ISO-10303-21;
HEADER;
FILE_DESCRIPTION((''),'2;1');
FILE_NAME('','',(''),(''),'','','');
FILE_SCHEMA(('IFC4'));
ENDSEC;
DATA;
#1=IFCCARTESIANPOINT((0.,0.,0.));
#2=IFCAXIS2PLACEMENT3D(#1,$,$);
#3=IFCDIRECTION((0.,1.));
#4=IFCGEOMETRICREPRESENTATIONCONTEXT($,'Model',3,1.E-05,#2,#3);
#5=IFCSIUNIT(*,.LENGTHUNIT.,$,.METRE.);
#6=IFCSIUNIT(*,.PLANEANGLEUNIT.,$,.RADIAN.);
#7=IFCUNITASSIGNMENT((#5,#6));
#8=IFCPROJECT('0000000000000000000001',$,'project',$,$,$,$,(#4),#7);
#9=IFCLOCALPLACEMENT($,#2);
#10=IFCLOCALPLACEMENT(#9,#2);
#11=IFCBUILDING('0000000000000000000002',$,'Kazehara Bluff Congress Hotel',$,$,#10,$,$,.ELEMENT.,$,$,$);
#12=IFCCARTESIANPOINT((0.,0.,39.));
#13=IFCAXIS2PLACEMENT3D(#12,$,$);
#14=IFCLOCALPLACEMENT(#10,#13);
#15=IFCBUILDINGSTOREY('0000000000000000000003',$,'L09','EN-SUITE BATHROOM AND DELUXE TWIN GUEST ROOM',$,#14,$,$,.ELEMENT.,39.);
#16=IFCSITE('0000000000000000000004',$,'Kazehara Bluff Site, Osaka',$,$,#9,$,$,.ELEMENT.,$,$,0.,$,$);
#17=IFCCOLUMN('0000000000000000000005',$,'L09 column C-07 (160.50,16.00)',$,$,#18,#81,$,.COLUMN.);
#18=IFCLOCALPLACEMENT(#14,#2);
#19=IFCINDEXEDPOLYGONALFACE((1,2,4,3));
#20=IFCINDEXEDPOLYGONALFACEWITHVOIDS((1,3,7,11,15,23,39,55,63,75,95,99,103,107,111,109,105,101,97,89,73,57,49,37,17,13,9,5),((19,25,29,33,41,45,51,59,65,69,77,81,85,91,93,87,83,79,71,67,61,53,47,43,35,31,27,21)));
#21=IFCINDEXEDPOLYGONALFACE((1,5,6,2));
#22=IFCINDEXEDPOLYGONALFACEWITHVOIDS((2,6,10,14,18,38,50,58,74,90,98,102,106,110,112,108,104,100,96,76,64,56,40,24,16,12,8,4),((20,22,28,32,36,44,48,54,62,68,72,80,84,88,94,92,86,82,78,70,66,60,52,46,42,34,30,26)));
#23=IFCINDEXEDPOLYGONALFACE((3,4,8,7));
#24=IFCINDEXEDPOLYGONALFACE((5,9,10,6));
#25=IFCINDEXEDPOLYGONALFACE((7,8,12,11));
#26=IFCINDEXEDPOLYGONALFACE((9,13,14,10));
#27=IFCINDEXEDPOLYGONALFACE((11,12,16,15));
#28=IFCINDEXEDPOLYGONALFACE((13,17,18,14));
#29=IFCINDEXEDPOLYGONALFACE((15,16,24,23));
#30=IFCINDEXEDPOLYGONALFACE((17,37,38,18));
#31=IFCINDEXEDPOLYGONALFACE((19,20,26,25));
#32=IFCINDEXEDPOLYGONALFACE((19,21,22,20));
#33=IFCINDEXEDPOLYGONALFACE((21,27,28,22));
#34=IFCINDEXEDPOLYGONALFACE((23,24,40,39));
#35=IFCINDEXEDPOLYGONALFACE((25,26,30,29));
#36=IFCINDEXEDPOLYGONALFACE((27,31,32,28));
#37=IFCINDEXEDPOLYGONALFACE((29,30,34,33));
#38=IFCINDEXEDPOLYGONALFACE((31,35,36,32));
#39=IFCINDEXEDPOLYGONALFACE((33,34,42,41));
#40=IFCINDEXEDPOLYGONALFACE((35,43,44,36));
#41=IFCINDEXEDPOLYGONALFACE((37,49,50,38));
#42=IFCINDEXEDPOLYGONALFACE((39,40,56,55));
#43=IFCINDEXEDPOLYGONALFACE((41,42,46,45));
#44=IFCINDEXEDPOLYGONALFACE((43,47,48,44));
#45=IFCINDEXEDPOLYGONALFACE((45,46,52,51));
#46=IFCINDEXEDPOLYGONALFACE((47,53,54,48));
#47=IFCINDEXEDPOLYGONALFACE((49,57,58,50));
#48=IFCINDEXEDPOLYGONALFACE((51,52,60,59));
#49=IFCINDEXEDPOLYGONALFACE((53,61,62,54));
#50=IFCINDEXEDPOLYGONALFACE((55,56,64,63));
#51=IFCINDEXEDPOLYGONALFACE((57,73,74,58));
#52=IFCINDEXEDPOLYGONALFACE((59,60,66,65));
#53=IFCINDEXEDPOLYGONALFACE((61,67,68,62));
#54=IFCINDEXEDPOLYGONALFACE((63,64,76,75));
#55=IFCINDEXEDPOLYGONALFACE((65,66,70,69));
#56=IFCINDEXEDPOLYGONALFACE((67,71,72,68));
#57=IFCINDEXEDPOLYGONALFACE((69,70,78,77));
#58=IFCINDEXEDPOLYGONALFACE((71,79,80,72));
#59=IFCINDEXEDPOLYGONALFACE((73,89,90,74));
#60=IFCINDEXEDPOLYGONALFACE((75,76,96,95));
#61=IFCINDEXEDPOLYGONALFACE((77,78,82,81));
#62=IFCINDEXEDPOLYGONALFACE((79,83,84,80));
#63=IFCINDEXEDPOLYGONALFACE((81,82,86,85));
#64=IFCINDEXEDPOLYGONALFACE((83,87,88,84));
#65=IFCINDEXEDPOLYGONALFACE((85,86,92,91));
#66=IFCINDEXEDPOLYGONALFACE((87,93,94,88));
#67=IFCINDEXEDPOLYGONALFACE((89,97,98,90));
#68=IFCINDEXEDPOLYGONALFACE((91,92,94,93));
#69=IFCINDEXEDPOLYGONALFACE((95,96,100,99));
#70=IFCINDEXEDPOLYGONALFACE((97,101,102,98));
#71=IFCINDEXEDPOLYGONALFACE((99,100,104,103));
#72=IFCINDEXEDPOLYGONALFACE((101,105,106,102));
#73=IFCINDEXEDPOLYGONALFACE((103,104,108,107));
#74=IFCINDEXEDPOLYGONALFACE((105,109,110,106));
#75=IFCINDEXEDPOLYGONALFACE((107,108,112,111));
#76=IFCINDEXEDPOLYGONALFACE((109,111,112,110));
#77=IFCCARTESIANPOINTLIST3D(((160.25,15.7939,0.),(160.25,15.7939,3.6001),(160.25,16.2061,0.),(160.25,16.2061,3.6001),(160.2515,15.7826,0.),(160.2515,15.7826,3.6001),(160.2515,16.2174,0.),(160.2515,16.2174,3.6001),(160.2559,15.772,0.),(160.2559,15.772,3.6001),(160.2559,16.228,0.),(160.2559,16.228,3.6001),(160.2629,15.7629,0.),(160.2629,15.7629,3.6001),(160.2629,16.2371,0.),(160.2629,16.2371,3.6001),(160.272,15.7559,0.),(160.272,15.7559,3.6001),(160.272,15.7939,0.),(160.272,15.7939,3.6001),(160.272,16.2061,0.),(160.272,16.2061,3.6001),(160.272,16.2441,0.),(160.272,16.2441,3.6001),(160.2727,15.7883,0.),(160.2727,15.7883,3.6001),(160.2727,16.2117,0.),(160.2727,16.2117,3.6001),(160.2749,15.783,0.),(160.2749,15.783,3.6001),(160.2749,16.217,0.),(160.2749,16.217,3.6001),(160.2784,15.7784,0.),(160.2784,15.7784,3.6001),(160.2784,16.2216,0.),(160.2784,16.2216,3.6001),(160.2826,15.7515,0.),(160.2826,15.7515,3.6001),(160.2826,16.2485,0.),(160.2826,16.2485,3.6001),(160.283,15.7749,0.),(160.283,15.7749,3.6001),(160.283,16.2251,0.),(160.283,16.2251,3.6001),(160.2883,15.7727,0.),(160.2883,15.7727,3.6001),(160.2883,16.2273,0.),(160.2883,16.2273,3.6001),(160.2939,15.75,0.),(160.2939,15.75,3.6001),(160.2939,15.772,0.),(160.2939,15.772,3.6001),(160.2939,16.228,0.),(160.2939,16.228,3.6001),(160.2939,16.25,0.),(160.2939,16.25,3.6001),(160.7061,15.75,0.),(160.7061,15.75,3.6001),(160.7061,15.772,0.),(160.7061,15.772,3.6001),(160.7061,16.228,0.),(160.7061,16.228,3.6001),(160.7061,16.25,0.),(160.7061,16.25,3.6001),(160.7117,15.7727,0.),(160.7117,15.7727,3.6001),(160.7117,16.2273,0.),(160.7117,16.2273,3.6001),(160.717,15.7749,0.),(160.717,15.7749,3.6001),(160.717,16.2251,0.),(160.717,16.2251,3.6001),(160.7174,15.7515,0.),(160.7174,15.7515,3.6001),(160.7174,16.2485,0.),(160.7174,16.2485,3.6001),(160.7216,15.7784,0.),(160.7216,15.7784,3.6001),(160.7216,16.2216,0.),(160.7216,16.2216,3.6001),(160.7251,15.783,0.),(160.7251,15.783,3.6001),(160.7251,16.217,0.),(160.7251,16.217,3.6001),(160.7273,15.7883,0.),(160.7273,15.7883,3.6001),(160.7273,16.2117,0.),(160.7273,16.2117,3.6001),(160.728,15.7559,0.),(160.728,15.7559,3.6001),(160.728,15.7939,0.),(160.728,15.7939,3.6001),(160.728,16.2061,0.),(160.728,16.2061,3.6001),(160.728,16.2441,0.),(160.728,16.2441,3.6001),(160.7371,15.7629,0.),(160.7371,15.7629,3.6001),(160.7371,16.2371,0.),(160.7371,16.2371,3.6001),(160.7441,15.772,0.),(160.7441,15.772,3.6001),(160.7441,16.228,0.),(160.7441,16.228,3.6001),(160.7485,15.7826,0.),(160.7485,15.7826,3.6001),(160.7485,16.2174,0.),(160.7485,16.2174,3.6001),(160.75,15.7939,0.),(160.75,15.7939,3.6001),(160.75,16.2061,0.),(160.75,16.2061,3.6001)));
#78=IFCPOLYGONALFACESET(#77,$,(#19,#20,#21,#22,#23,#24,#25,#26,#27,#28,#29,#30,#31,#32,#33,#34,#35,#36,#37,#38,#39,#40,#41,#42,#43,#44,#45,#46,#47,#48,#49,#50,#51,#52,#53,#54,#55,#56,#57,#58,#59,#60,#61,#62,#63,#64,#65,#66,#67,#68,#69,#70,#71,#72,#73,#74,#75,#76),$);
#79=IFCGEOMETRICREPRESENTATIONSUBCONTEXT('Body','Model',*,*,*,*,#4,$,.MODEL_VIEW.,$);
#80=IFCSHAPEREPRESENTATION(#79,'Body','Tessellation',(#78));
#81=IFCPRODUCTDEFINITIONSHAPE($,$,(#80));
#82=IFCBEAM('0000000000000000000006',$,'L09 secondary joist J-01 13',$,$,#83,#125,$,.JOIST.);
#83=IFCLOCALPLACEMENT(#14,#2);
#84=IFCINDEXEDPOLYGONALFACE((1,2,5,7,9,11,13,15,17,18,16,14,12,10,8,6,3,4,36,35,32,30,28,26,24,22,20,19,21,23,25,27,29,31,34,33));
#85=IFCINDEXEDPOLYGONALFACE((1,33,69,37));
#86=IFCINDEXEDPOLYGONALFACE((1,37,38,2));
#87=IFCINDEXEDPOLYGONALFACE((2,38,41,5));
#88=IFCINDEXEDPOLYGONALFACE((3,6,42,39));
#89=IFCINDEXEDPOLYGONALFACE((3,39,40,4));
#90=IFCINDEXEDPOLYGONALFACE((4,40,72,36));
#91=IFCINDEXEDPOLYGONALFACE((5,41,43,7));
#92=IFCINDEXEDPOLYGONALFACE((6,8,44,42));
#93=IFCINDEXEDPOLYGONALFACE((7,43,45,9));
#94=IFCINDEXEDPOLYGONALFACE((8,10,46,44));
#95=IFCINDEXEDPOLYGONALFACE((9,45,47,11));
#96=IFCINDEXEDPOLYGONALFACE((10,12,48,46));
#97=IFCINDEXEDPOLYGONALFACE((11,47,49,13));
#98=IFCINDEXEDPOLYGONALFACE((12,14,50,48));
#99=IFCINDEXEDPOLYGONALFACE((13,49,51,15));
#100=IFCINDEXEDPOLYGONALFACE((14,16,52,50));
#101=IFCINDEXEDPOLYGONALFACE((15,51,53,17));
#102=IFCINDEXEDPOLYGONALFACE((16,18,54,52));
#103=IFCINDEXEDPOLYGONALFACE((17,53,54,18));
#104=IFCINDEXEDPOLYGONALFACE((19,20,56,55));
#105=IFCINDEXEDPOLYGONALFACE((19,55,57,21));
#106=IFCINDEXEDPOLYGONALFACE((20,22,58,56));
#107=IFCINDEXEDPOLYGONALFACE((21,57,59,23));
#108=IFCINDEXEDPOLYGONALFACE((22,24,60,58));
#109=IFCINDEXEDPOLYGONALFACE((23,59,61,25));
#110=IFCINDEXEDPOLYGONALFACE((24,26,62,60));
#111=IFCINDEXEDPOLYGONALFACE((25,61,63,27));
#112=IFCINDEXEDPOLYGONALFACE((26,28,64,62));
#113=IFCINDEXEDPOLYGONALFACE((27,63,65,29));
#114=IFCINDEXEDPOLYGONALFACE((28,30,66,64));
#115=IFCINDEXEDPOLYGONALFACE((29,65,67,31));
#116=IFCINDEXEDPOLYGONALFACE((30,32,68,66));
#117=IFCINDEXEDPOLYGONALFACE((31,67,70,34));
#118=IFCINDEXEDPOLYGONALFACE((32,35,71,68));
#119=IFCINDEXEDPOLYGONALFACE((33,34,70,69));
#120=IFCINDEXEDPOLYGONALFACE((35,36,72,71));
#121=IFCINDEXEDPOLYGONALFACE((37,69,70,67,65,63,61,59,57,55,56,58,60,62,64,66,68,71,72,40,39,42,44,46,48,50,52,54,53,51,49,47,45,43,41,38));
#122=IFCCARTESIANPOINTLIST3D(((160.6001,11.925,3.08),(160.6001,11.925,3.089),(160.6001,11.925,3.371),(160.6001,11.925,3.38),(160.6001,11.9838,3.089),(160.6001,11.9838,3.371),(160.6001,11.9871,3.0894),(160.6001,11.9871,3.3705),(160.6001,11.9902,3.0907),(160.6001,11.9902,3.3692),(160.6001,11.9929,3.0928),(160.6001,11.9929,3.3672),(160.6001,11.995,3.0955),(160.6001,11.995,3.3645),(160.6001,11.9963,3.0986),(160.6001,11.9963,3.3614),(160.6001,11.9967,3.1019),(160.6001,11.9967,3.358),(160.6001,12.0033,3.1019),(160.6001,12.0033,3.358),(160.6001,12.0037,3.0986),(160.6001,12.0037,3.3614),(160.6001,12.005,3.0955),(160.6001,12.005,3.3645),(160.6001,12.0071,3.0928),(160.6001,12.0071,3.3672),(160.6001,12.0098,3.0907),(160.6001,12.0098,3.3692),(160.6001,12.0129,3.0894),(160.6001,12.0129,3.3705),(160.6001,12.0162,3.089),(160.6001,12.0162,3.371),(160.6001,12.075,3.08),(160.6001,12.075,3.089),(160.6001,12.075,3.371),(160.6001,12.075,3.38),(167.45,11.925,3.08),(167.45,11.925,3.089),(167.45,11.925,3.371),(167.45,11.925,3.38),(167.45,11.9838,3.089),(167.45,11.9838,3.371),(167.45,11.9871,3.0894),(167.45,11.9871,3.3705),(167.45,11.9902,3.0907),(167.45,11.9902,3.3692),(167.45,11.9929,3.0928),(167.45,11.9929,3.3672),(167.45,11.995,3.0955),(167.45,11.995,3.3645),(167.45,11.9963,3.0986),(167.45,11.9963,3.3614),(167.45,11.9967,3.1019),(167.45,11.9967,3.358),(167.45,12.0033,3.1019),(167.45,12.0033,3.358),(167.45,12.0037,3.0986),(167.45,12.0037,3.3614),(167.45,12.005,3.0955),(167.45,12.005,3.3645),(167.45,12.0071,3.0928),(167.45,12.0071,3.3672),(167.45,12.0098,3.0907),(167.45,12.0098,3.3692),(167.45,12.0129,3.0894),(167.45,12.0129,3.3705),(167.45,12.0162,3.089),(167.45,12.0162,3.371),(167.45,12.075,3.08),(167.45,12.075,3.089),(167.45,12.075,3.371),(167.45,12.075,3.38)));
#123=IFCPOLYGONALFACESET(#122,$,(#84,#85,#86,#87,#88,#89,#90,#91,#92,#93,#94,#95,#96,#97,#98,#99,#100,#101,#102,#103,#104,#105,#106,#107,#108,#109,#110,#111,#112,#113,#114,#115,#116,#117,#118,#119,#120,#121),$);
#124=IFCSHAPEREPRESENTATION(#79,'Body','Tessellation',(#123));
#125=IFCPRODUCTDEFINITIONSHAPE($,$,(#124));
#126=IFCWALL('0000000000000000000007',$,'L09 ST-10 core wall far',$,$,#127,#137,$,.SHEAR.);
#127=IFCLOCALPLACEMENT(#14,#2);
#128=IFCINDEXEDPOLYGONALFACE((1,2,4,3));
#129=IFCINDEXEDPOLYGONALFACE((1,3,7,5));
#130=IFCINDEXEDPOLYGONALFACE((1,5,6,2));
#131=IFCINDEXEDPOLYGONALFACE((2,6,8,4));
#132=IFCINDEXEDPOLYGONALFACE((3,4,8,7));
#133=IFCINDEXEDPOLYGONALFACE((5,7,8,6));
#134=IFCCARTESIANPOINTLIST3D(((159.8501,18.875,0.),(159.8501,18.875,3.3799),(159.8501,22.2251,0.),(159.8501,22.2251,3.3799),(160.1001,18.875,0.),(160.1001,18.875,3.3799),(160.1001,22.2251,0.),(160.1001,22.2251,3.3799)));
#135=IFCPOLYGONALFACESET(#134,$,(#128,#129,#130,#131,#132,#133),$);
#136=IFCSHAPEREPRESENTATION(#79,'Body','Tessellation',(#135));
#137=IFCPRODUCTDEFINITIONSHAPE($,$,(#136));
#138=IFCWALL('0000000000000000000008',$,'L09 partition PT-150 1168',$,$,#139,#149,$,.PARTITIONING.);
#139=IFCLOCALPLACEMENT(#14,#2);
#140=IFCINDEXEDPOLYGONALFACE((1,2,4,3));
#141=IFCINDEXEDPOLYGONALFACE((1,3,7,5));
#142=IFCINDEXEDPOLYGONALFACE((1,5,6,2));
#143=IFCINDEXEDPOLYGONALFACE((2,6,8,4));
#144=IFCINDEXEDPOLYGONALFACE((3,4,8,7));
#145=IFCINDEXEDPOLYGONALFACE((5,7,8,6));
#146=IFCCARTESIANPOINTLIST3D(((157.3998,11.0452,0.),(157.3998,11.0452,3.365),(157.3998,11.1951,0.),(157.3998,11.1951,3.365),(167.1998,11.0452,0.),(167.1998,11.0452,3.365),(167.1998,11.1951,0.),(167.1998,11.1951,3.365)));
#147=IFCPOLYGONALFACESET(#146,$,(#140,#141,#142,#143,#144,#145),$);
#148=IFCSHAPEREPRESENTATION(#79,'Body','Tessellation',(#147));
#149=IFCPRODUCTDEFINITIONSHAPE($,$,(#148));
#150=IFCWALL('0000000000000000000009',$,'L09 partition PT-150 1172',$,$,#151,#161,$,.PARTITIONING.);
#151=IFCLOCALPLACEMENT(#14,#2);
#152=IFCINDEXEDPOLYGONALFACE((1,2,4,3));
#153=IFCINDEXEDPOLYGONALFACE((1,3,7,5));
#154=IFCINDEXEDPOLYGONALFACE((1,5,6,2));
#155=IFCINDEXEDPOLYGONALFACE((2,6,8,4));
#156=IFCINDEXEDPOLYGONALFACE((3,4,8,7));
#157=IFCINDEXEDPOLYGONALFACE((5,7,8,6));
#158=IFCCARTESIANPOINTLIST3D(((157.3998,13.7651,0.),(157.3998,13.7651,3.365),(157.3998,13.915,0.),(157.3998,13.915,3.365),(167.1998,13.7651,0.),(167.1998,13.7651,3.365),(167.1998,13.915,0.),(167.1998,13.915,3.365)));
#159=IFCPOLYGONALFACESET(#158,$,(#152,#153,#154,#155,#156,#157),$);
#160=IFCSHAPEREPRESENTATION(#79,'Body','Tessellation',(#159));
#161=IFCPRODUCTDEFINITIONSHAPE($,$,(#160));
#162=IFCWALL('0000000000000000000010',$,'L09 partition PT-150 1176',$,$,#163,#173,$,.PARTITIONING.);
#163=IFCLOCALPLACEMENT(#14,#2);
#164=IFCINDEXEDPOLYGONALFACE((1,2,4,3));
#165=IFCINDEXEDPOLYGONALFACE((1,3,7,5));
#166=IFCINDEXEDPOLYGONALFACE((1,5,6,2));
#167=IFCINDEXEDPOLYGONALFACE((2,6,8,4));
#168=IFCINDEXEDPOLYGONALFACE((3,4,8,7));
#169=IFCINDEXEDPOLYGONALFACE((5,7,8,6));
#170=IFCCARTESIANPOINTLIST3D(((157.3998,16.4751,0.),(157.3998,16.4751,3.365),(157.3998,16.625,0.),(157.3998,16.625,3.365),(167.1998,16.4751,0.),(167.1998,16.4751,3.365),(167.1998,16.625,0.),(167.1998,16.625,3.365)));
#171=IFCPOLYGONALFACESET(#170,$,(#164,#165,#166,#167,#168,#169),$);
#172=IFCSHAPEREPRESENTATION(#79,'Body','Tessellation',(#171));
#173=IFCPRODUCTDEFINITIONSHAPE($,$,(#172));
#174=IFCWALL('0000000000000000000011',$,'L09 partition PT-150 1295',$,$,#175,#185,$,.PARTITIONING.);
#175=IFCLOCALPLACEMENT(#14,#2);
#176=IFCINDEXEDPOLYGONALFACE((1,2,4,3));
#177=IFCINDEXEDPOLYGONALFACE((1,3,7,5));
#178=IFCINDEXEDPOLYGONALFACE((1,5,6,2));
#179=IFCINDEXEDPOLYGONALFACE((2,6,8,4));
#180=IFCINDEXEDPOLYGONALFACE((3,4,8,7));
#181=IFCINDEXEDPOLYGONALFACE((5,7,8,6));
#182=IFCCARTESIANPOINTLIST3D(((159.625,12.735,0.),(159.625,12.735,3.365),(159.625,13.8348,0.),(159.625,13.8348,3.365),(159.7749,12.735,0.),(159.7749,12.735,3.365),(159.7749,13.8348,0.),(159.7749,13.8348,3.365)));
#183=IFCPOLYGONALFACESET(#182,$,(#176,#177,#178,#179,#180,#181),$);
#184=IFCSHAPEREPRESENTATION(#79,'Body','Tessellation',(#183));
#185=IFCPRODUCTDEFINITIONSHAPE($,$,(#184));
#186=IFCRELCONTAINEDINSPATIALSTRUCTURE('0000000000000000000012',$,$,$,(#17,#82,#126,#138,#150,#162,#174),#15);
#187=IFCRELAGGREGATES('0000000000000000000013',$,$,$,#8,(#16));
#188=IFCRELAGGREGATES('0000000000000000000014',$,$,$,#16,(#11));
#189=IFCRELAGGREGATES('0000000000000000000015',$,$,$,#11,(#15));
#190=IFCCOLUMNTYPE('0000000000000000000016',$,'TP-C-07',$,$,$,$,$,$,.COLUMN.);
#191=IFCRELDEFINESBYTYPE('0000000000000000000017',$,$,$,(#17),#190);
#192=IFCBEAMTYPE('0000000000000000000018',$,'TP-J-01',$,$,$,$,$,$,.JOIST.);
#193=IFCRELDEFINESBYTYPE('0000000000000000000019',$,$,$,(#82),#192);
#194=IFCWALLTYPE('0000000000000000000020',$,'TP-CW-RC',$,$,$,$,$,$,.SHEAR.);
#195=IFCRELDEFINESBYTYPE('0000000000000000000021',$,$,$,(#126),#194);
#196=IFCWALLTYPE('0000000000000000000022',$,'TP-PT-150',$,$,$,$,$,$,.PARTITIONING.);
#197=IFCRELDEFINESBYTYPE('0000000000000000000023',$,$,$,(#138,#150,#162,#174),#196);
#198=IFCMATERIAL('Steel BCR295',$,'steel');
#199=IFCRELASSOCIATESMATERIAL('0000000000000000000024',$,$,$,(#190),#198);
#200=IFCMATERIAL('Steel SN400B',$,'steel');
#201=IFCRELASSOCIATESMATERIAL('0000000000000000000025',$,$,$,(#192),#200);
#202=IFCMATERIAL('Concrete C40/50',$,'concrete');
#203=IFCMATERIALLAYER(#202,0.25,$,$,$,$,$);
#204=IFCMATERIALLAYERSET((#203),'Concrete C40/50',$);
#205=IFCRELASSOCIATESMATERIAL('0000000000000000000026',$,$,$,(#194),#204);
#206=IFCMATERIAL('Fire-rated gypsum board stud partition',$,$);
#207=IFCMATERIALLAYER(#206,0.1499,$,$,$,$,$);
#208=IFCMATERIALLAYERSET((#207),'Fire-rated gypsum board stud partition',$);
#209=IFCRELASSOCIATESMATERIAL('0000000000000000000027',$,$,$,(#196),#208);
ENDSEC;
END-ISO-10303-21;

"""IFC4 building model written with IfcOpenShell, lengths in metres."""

from ifc_helpers import new_model, si_unit, direction, frame, frame_2d, origin, origin_2d, place, context, subcontext, project, spatial, rectangle, hollow_rectangle, i_section, extrude, material, layer, layer_set, material_profile, profile_set, type_object, element, save


model = new_model("IFC4")

# Units and contexts
model_context = context("Model", 3, precision=1e-05, world=origin(), true_north=direction((0.0, 1.0)))
body_context = subcontext(model_context, "Body", "Model", "MODEL_VIEW")
ifc_project = project(units=[si_unit("LENGTHUNIT", "METRE"), si_unit("PLANEANGLEUNIT", "RADIAN")], contexts=[model_context])

# Site, building, storey
site_placement = place(None, origin())
site = spatial("IfcSite", under=ifc_project, at=site_placement, Name="Kazehara Bluff Site, Osaka", CompositionType="ELEMENT", RefElevation=0.0)
building_placement = place(site_placement, origin())
building = spatial("IfcBuilding", under=site, at=building_placement, Name="Kazehara Bluff Congress Hotel", CompositionType="ELEMENT")
storey_placement = place(building_placement, frame((0.0, 0.0, 39.0)))
storey = spatial("IfcBuildingStorey", under=building, at=storey_placement, Name="L09", Description="EN-SUITE BATHROOM AND DELUXE TWIN GUEST ROOM", CompositionType="ELEMENT", Elevation=39.0)

# Column
ifc_material_1 = material(Name="Steel BCR295", Category="steel")
ifc_material_profile_1 = material_profile(ifc_material_1, hollow_rectangle(XDim=0.5, YDim=0.5, WallThickness=0.022, InnerFilletRadius=0.022, OuterFilletRadius=0.0439, at=origin_2d()))
ifc_profile_set_1 = profile_set([ifc_material_profile_1], Name="Steel BCR295")
column_type = type_object("IfcColumnType", Name="TP-C-07", PredefinedType="COLUMN", material=ifc_profile_set_1)
column_placement = place(storey_placement, frame((160.5, 16.0, 0.0), z_axis=(0.0, 0.0, 1.0), x_axis=(1.0, 0.0, 0.0)))
element("IfcColumn", 1, at=column_placement, inside=storey, type_object=column_type, Name="L09 column C-07 (160.50,16.00)", PredefinedType="COLUMN", context=body_context, shape_type="SweptSolid", body=[
    extrude(hollow_rectangle(XDim=0.5, YDim=0.5, WallThickness=0.022, InnerFilletRadius=0.022, OuterFilletRadius=0.0439, at=origin_2d()), origin(), (0.0, 0.0, 1.0), 3.6001),
])

# Beam
ifc_material_2 = material(Name="Steel SN400B", Category="steel")
ifc_material_profile_2 = material_profile(ifc_material_2, i_section(OverallWidth=0.1499, OverallDepth=0.3, WebThickness=0.0066, FlangeThickness=0.009, FilletRadius=0.0129, at=origin_2d()))
ifc_profile_set_2 = profile_set([ifc_material_profile_2], Name="Steel SN400B")
beam_type = type_object("IfcBeamType", Name="TP-J-01", PredefinedType="JOIST", material=ifc_profile_set_2)
beam_placement = place(storey_placement, frame((160.6001, 12.0, 3.23), z_axis=(1.0, 0.0, 0.0), x_axis=(0.0, 1.0, 0.0)))
element("IfcBeam", 2, at=beam_placement, inside=storey, type_object=beam_type, Name="L09 secondary joist J-01 13", PredefinedType="JOIST", context=body_context, shape_type="SweptSolid", body=[
    extrude(i_section(OverallWidth=0.1499, OverallDepth=0.3, WebThickness=0.0066, FlangeThickness=0.009, FilletRadius=0.0129, at=origin_2d()), origin(), (0.0, 0.0, 1.0), 6.8499),
])

# Wall
ifc_material_3 = material(Name="Concrete C40/50", Category="concrete")
ifc_layer_1 = layer(ifc_material_3, 0.25)
ifc_layer_set_1 = layer_set([ifc_layer_1], Name="Concrete C40/50")
wall_type_1 = type_object("IfcWallType", Name="TP-CW-RC", PredefinedType="SHEAR", material=ifc_layer_set_1)
wall_1_placement = place(storey_placement, frame((159.9751, 18.875, 0.0), z_axis=(0.0, 0.0, 1.0), x_axis=(0.0, 1.0, 0.0)))
element("IfcWall", 3, at=wall_1_placement, inside=storey, type_object=wall_type_1, Name="L09 ST-10 core wall far", PredefinedType="SHEAR", context=body_context, shape_type="SweptSolid", body=[
    extrude(rectangle(XDim=3.3501, YDim=0.25, at=frame_2d((1.675, 0.0))), origin(), (0.0, 0.0, 1.0), 3.3799),
])

# Shared definitions
ifc_material_4 = material(Name="Fire-rated gypsum board stud partition")
ifc_layer_2 = layer(ifc_material_4, 0.1499)
ifc_layer_set_2 = layer_set([ifc_layer_2], Name="Fire-rated gypsum board stud partition")
wall_type_2 = type_object("IfcWallType", Name="TP-PT-150", PredefinedType="PARTITIONING", material=ifc_layer_set_2)

# Wall
wall_2_placement = place(storey_placement, frame((157.3999, 11.1201, 0.0), z_axis=(0.0, 0.0, 1.0), x_axis=(1.0, 0.0, 0.0)))
element("IfcWall", 4, at=wall_2_placement, inside=storey, type_object=wall_type_2, Name="L09 partition PT-150 1168", PredefinedType="PARTITIONING", context=body_context, shape_type="SweptSolid", body=[
    extrude(rectangle(XDim=9.8, YDim=0.1499, at=frame_2d((4.8999, 0.0))), origin(), (0.0, 0.0, 1.0), 3.365),
])

# Wall
wall_3_placement = place(storey_placement, frame((157.3999, 13.8401, 0.0), z_axis=(0.0, 0.0, 1.0), x_axis=(1.0, 0.0, 0.0)))
element("IfcWall", 5, at=wall_3_placement, inside=storey, type_object=wall_type_2, Name="L09 partition PT-150 1172", PredefinedType="PARTITIONING", context=body_context, shape_type="SweptSolid", body=[
    extrude(rectangle(XDim=9.8, YDim=0.1499, at=frame_2d((4.8999, 0.0))), origin(), (0.0, 0.0, 1.0), 3.365),
])

# Walls
wall_4_placement = place(storey_placement, frame((157.3999, 16.55, 0.0), z_axis=(0.0, 0.0, 1.0), x_axis=(1.0, 0.0, 0.0)))
element("IfcWall", 6, at=wall_4_placement, inside=storey, type_object=wall_type_2, Name="L09 partition PT-150 1176", PredefinedType="PARTITIONING", context=body_context, shape_type="SweptSolid", body=[
    extrude(rectangle(XDim=9.8, YDim=0.1499, at=frame_2d((4.8999, 0.0))), origin(), (0.0, 0.0, 1.0), 3.365),
])
wall_5_placement = place(storey_placement, frame((159.7, 12.7351, 0.0), z_axis=(0.0, 0.0, 1.0), x_axis=(0.0, 1.0, 0.0)))
element("IfcWall", 7, at=wall_5_placement, inside=storey, type_object=wall_type_2, Name="L09 partition PT-150 1295", PredefinedType="PARTITIONING", context=body_context, shape_type="SweptSolid", body=[
    extrude(rectangle(XDim=1.0999, YDim=0.1499, at=frame_2d((0.5498, 0.0))), origin(), (0.0, 0.0, 1.0), 3.365),
])

save(model, "model.ifc")
